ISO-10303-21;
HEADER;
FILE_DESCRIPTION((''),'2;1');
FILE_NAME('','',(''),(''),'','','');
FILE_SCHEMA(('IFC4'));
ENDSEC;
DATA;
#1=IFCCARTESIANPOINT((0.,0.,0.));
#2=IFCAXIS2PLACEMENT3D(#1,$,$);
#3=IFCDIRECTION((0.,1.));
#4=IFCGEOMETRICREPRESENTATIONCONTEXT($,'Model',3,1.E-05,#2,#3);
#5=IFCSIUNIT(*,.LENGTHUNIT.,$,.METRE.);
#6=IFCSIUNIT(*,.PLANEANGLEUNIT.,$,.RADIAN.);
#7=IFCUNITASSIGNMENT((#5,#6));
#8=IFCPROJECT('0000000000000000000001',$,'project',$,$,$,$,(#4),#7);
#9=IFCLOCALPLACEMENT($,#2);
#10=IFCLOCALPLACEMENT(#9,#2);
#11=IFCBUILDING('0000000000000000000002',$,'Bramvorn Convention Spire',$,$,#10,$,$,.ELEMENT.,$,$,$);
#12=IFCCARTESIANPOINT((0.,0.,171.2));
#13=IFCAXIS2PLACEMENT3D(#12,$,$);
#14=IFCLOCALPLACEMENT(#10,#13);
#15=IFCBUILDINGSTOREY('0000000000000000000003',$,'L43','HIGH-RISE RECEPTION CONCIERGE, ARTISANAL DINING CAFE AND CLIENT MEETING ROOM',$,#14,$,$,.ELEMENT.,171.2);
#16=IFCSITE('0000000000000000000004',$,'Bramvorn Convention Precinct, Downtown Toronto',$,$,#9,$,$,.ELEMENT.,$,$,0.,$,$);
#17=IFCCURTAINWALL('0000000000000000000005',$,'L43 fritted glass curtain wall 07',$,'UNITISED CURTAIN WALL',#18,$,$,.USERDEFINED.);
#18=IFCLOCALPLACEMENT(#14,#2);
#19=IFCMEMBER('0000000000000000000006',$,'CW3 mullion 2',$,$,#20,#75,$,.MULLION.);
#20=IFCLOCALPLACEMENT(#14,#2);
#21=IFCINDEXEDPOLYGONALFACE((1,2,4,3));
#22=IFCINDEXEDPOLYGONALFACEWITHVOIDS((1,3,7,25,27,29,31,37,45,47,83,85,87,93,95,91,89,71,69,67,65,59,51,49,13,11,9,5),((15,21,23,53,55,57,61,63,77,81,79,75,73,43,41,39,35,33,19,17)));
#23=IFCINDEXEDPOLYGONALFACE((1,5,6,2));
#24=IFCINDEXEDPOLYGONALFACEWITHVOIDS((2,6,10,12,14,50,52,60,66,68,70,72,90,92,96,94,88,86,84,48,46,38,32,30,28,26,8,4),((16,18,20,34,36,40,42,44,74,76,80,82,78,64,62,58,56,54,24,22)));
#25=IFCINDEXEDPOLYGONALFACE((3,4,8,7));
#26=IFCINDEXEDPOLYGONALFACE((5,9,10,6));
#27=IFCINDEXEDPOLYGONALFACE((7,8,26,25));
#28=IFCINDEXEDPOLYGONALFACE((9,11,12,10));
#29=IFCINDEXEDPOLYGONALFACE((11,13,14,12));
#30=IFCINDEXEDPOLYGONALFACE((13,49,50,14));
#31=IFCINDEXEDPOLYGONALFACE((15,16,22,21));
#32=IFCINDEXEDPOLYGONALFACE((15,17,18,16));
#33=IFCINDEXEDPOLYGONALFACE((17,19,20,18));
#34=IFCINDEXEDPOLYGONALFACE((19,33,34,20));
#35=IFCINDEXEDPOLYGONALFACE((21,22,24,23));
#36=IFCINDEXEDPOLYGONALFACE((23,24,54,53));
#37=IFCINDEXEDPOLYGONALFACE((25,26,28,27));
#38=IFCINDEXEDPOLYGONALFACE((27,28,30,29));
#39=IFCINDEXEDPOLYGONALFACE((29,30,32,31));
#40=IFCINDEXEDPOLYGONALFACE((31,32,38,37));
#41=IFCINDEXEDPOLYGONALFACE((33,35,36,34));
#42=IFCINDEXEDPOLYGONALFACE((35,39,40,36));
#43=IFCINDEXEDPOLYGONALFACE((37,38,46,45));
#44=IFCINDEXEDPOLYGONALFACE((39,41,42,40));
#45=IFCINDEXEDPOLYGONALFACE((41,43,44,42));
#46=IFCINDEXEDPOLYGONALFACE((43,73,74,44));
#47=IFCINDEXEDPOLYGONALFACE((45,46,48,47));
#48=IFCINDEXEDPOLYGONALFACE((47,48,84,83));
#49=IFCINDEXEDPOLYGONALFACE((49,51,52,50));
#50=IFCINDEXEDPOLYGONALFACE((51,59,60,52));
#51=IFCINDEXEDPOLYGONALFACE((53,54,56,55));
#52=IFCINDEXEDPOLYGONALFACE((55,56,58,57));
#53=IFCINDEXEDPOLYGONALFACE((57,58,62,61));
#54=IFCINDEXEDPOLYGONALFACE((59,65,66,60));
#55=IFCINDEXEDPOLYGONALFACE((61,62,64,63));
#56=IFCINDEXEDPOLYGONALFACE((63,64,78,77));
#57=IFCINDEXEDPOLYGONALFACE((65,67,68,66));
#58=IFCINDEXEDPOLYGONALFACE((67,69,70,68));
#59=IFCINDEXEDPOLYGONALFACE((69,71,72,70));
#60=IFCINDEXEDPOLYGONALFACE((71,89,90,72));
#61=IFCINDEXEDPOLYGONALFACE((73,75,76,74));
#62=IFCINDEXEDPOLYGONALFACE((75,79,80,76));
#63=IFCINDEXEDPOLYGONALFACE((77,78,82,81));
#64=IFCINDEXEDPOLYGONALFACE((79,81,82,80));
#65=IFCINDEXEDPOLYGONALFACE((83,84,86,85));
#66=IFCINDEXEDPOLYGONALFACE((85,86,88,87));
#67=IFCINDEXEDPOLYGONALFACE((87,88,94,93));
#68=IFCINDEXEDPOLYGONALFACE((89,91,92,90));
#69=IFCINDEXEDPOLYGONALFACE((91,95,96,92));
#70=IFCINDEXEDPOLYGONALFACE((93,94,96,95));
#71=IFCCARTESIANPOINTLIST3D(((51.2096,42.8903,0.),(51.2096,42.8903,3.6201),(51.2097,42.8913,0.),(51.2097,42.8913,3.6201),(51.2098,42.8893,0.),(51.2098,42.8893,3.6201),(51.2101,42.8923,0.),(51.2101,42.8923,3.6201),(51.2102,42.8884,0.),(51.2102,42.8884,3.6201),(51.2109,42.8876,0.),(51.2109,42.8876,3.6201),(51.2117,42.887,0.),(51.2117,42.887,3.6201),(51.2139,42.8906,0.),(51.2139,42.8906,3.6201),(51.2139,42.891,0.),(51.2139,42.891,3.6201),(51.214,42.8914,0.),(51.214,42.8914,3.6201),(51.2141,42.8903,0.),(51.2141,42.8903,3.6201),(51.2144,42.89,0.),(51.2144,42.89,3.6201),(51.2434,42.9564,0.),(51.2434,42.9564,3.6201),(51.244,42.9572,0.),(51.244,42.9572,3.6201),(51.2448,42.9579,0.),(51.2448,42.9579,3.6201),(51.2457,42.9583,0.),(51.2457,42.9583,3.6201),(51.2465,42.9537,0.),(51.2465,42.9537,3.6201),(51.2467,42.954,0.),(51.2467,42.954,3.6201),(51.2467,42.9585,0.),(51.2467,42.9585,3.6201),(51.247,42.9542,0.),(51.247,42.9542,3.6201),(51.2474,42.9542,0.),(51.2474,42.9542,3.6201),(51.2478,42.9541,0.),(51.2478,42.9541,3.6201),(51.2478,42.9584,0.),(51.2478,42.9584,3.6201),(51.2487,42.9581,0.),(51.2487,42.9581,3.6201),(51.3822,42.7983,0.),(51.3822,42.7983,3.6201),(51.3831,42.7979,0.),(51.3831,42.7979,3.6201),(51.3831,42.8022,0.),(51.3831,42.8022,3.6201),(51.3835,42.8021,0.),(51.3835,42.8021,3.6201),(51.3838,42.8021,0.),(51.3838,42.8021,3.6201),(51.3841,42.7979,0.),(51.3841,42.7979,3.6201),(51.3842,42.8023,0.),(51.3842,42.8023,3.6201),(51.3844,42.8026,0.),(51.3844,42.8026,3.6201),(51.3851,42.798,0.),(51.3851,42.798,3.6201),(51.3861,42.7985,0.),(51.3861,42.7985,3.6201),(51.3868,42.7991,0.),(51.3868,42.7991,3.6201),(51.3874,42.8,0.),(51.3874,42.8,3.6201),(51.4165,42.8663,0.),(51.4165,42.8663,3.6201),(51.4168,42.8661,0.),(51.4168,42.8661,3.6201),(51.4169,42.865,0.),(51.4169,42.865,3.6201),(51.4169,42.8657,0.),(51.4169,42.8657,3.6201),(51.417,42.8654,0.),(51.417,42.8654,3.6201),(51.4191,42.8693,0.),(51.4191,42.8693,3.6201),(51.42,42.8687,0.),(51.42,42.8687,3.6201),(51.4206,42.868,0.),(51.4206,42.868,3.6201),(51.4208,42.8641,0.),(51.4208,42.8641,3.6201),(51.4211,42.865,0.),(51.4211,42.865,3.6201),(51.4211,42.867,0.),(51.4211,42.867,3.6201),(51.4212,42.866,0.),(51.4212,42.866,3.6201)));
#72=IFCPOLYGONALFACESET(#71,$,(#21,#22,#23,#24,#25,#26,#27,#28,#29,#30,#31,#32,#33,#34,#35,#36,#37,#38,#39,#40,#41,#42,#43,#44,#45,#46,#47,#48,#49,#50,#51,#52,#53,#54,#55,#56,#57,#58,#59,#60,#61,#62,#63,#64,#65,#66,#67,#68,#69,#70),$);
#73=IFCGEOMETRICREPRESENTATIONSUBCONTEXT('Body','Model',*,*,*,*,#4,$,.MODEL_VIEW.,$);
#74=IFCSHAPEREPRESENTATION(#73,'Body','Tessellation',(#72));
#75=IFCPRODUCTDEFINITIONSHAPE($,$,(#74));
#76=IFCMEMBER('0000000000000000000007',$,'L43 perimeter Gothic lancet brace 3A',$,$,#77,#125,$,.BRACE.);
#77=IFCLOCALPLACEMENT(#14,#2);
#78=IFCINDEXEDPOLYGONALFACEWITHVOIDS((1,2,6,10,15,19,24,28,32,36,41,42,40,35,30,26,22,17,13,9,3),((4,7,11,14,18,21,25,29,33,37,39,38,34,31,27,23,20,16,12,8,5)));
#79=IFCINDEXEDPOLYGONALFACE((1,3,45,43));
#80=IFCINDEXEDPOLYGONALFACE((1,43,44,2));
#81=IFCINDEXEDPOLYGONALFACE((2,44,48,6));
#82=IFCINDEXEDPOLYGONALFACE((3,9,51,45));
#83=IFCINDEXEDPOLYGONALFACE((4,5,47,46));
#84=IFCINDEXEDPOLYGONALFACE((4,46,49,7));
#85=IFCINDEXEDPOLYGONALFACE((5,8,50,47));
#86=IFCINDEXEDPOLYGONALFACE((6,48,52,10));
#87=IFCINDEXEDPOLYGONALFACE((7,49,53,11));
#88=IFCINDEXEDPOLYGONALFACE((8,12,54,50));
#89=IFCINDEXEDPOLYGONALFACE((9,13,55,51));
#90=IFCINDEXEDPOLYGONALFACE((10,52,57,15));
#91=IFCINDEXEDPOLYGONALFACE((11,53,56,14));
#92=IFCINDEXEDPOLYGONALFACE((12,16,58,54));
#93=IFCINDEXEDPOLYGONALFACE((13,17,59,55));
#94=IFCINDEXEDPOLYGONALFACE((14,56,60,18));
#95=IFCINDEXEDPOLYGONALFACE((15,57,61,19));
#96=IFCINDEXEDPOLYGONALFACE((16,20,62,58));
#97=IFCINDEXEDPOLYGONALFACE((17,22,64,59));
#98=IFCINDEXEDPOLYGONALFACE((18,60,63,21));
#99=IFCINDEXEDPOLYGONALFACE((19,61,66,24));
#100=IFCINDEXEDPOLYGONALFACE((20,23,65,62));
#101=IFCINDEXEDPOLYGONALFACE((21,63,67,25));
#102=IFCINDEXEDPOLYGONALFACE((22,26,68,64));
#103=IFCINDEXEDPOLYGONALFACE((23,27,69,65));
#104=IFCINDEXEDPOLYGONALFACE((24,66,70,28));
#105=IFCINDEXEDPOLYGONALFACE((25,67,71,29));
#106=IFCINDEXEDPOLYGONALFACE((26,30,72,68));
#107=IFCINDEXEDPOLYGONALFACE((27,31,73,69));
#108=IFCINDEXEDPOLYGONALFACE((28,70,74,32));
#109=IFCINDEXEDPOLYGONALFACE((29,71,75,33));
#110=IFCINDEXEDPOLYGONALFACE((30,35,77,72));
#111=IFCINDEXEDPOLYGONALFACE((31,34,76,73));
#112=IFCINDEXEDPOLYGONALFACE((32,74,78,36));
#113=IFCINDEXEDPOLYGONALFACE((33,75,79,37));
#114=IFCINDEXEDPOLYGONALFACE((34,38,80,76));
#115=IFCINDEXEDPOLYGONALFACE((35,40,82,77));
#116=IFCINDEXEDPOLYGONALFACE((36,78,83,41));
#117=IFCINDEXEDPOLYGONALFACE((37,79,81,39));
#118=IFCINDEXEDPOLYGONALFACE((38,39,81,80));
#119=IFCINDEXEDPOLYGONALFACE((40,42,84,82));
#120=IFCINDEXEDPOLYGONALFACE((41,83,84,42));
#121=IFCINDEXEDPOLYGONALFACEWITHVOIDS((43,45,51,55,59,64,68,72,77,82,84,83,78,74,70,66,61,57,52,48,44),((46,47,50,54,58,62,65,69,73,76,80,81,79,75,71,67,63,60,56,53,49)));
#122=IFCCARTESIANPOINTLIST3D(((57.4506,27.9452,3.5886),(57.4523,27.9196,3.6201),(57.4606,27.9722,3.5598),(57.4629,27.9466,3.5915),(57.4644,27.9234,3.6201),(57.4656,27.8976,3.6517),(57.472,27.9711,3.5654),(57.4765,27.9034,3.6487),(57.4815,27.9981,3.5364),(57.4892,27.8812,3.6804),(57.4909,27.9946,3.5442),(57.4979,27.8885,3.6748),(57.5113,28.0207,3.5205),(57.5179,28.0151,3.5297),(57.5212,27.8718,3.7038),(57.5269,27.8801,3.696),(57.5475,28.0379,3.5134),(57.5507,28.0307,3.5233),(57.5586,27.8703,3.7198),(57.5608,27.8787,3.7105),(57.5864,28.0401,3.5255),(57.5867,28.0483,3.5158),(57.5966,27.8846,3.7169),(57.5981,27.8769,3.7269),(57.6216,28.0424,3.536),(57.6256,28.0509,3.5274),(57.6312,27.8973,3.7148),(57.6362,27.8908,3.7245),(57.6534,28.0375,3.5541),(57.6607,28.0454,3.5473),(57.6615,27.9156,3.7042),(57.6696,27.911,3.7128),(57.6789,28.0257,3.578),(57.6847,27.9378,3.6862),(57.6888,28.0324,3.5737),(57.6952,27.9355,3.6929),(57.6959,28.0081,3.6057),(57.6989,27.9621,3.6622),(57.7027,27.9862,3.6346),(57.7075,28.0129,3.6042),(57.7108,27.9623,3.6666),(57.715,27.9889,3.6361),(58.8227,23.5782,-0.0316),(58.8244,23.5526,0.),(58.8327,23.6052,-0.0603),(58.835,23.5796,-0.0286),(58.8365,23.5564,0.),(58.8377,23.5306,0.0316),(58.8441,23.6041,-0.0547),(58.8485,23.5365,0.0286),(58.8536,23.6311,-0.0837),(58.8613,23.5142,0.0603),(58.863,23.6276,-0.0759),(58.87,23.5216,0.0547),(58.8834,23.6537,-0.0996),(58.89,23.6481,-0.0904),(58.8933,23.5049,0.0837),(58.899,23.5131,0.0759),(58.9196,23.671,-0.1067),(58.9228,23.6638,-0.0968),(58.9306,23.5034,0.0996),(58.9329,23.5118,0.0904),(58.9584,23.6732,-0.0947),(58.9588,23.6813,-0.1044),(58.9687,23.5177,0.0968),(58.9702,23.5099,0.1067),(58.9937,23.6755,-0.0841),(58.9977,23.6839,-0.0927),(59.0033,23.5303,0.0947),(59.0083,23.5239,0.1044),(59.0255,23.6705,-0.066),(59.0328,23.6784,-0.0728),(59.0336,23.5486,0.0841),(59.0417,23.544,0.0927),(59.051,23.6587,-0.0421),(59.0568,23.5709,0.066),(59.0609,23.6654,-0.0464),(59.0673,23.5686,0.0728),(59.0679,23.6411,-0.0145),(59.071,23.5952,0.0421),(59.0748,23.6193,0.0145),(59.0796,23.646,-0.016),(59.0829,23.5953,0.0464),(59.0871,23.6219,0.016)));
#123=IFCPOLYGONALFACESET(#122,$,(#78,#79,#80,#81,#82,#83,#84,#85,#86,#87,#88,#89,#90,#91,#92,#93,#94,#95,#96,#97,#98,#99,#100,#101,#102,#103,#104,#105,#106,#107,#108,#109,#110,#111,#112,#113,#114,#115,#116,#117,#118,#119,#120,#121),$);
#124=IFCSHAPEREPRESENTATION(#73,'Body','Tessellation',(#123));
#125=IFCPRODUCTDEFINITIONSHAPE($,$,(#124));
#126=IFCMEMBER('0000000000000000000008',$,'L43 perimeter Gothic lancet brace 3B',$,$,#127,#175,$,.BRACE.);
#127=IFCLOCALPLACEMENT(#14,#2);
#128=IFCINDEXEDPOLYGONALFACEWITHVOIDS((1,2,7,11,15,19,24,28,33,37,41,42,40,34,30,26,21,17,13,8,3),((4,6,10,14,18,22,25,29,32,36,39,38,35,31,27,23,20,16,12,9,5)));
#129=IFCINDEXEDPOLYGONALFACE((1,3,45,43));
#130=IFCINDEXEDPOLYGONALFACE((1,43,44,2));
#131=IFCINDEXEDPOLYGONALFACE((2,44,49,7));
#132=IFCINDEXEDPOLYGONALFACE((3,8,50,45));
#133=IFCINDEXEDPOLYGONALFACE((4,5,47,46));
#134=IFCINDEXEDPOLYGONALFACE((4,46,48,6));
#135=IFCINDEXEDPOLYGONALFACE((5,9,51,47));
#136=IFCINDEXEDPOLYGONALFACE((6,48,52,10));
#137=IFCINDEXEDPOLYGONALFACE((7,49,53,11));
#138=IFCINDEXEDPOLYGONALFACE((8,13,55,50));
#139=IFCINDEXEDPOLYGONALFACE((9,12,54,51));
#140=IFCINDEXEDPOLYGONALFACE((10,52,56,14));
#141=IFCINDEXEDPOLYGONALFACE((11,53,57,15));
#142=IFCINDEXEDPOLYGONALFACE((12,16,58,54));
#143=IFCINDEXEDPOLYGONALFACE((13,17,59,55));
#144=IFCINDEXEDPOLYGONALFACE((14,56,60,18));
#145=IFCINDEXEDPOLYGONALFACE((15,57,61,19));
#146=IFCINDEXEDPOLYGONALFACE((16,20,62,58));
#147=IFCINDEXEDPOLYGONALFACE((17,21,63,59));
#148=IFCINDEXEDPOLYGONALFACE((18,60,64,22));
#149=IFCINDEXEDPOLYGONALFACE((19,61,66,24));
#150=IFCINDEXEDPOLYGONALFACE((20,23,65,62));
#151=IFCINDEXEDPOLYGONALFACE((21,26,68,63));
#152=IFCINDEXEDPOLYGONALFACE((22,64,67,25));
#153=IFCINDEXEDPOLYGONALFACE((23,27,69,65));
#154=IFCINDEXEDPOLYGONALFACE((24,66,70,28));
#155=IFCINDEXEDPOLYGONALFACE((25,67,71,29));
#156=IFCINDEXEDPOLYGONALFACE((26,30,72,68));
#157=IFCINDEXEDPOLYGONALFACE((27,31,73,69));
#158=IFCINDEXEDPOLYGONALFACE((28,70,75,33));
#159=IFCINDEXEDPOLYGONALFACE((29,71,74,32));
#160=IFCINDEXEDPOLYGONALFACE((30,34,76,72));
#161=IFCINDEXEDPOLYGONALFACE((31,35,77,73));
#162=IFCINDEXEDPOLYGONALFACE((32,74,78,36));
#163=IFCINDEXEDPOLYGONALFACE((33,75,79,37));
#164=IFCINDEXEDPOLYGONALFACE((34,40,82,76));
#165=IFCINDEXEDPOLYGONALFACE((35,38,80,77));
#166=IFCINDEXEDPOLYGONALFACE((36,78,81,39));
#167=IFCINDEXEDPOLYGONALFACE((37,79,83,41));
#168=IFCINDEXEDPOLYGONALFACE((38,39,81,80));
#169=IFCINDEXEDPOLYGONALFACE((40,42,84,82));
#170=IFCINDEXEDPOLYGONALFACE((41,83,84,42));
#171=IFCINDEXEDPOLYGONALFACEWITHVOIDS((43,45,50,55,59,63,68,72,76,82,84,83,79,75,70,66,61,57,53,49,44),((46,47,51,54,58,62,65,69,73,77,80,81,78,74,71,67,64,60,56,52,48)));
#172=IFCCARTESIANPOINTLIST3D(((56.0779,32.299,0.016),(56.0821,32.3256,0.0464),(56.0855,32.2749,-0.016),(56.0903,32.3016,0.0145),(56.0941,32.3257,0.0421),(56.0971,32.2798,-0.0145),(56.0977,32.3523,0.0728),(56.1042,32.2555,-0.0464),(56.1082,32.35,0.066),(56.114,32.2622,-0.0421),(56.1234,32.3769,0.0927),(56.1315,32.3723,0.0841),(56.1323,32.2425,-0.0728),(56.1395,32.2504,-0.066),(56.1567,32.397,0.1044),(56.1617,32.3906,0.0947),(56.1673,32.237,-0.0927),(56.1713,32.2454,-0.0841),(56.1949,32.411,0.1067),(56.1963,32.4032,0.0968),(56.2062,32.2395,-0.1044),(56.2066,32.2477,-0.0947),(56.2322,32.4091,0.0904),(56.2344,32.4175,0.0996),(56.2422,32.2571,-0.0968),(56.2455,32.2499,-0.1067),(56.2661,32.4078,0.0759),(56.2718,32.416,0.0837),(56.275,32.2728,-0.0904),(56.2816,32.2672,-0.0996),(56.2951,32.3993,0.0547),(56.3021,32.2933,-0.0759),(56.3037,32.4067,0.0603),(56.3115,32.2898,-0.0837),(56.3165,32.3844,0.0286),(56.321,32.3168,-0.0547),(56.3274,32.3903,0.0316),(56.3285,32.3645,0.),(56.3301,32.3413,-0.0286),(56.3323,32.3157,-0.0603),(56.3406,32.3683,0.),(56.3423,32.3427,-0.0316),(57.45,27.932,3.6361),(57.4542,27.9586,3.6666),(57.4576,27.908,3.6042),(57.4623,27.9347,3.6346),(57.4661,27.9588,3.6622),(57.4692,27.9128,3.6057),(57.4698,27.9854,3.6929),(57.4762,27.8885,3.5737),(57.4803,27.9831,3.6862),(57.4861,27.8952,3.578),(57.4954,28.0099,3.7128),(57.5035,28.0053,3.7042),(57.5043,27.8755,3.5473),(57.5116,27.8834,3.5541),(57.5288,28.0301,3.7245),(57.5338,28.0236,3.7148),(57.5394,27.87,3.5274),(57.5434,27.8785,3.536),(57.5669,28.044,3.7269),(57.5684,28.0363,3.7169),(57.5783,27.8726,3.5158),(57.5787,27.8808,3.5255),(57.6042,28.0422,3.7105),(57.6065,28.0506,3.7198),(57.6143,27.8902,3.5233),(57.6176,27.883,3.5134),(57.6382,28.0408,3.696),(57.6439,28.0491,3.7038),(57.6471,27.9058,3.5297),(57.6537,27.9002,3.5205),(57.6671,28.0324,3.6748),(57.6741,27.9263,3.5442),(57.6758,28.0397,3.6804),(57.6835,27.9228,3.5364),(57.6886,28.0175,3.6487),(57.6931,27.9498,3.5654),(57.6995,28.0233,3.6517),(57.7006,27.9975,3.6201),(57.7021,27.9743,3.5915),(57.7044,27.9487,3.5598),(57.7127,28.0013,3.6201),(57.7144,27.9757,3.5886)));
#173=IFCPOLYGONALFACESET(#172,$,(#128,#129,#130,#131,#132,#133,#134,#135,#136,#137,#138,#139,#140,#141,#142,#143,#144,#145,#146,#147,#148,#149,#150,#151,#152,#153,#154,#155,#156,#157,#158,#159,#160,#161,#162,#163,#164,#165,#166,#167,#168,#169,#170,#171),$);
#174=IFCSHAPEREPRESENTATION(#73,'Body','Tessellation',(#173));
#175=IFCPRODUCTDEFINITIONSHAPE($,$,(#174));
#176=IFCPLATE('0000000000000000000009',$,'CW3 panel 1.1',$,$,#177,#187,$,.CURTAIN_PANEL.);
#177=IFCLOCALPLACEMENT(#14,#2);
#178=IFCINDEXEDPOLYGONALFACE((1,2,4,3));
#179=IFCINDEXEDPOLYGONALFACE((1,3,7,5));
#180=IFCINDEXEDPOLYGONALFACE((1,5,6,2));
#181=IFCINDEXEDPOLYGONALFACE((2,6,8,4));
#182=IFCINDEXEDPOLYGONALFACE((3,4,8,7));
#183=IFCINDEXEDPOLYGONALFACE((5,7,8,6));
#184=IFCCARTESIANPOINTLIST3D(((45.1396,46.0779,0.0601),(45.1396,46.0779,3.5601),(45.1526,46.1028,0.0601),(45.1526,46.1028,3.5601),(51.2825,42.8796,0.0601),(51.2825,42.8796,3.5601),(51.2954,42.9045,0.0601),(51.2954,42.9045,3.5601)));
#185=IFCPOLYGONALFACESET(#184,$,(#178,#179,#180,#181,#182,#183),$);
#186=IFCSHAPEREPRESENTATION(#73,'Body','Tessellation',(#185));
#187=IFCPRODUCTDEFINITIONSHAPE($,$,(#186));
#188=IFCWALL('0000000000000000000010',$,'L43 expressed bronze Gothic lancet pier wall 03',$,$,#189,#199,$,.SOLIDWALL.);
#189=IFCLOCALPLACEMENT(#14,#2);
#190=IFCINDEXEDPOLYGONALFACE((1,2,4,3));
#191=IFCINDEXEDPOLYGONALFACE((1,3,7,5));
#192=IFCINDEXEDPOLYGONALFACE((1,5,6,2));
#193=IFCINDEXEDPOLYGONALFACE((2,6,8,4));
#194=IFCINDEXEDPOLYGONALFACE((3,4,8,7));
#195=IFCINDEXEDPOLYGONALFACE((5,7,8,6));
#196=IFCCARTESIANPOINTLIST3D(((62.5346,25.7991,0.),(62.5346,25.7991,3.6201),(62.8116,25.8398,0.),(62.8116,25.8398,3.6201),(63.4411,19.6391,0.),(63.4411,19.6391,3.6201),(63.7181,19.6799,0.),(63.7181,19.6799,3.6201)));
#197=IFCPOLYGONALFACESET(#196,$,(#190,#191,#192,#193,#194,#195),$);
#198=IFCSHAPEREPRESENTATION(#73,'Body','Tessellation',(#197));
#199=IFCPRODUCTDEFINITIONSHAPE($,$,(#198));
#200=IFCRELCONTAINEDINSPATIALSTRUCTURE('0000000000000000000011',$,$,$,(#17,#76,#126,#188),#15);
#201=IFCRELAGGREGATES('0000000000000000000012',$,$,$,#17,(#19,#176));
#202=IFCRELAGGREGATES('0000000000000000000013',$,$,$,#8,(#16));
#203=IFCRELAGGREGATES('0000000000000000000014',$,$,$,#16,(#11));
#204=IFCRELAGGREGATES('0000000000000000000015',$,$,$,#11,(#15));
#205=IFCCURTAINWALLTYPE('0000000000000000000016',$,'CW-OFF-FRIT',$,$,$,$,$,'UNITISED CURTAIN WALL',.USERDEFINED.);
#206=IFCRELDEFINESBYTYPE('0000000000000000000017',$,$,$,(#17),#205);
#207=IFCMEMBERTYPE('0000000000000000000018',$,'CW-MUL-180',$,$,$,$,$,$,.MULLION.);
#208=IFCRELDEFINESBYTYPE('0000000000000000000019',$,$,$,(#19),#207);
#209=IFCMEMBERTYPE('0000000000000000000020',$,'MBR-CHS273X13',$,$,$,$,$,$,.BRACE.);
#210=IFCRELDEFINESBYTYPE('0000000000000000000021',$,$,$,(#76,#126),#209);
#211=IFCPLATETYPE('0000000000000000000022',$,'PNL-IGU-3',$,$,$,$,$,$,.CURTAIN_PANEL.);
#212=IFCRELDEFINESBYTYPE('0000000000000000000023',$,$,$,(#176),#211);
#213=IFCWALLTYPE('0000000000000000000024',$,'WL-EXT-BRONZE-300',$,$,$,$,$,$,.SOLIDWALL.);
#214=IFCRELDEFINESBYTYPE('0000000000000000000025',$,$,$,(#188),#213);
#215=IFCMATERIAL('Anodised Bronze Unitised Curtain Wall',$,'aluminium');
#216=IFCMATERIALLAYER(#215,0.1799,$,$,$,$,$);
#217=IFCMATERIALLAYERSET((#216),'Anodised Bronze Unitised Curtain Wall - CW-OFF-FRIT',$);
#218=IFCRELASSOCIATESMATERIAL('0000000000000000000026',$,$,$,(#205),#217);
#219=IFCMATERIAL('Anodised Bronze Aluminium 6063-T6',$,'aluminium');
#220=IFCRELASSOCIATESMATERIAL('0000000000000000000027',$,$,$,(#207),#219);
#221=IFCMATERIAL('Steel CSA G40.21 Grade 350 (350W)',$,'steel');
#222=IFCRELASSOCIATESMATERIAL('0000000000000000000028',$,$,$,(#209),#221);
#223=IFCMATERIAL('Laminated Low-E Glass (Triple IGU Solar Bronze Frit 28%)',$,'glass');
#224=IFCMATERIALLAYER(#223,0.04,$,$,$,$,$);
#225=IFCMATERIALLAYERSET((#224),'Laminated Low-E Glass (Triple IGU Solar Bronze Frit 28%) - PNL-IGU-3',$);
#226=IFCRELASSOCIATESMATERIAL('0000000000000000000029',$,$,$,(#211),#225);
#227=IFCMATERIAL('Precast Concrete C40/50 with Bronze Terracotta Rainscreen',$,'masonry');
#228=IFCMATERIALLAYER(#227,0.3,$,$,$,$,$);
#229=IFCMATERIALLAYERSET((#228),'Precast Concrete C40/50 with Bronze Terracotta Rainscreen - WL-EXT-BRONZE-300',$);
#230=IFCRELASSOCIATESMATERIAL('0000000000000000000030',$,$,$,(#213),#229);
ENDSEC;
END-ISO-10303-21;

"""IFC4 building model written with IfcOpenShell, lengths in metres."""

from ifc_helpers import new_model, si_unit, direction, frame, frame_2d, origin, origin_2d, place, context, subcontext, project, spatial, rectangle, hollow_rectangle, hollow_circle, extrude, material, layer, layer_set, material_profile, profile_set, type_object, element, aggregate, save


model = new_model("IFC4")

# Units and contexts
model_context = context("Model", 3, precision=1e-05, world=origin(), true_north=direction((0.0, 1.0)))
body_context = subcontext(model_context, "Body", "Model", "MODEL_VIEW")
ifc_project = project(units=[si_unit("LENGTHUNIT", "METRE"), si_unit("PLANEANGLEUNIT", "RADIAN")], contexts=[model_context])

# Site, building, storey
site_placement = place(None, origin())
site = spatial("IfcSite", under=ifc_project, at=site_placement, Name="Bramvorn Convention Precinct, Downtown Toronto", CompositionType="ELEMENT", RefElevation=0.0)
building_placement = place(site_placement, origin())
building = spatial("IfcBuilding", under=site, at=building_placement, Name="Bramvorn Convention Spire", CompositionType="ELEMENT")
storey_placement = place(building_placement, frame((0.0, 0.0, 171.2)))
storey = spatial("IfcBuildingStorey", under=building, at=storey_placement, Name="L43", Description="HIGH-RISE RECEPTION CONCIERGE, ARTISANAL DINING CAFE AND CLIENT MEETING ROOM", CompositionType="ELEMENT", Elevation=171.2)

# Shared definitions
ifc_material_1 = material(Name="Steel CSA G40.21 Grade 350 (350W)", Category="steel")

# Curtain wall, member
ifc_material_2 = material(Name="Anodised Bronze Unitised Curtain Wall", Category="aluminium")
ifc_layer_1 = layer(ifc_material_2, 0.1799)
ifc_layer_set_1 = layer_set([ifc_layer_1], Name="Anodised Bronze Unitised Curtain Wall - CW-OFF-FRIT")
curtain_wall_type = type_object("IfcCurtainWallType", Name="CW-OFF-FRIT", ElementType="UNITISED CURTAIN WALL", PredefinedType="USERDEFINED", material=ifc_layer_set_1)
curtain_wall_placement = place(storey_placement, origin())
curtain_wall = element("IfcCurtainWall", 1, at=curtain_wall_placement, inside=storey, type_object=curtain_wall_type, Name="L43 fritted glass curtain wall 07", ObjectType="UNITISED CURTAIN WALL", PredefinedType="USERDEFINED")
ifc_material_3 = material(Name="Anodised Bronze Aluminium 6063-T6", Category="aluminium")
ifc_material_profile_1 = material_profile(ifc_material_3, hollow_rectangle(XDim=0.0801, YDim=0.2, WallThickness=0.0039, InnerFilletRadius=0.001, OuterFilletRadius=0.0039, at=origin_2d()))
ifc_profile_set_1 = profile_set([ifc_material_profile_1], Name="Anodised Bronze Aluminium 6063-T6 - CWM80X200")
member_type_1 = type_object("IfcMemberType", Name="CW-MUL-180", PredefinedType="MULLION", material=ifc_profile_set_1)
member_placement = place(storey_placement, frame((51.3154, 42.8782, 0.0), z_axis=(0.0, 0.0, 1.0), x_axis=(0.461807, 0.886981, 0.0)))
member = element("IfcMember", 2, at=member_placement, type_object=member_type_1, Name="CW3 mullion 2", PredefinedType="MULLION", context=body_context, shape_type="SweptSolid", body=[
    extrude(hollow_rectangle(XDim=0.0801, YDim=0.2, WallThickness=0.0039, InnerFilletRadius=0.001, OuterFilletRadius=0.0039, at=origin_2d()), origin(), (0.0, 0.0, 1.0), 3.6201),
])

# Members
ifc_material_profile_2 = material_profile(ifc_material_1, hollow_circle(Radius=0.1365, WallThickness=0.0127, at=origin_2d()))
ifc_profile_set_2 = profile_set([ifc_material_profile_2], Name="Steel CSA G40.21 Grade 350 (350W) - CHS273X13")
member_type_2 = type_object("IfcMemberType", Name="MBR-CHS273X13", PredefinedType="BRACE", material=ifc_profile_set_2)
for number, where, z_axis, x_axis, name in (
    (3, (58.9546, 23.5935, 0.0), (-0.235108, 0.748286, 0.620316), (-0.954019, -0.299748, 0.0), "L43 perimeter Gothic lancet brace 3A"),
    (4, (56.2104, 32.3274, 0.0), (0.235108, -0.748286, 0.620316), (0.954019, 0.299748, 0.0), "L43 perimeter Gothic lancet brace 3B"),
):
    element("IfcMember", number, at=place(storey_placement, frame(where, z_axis=z_axis, x_axis=x_axis)), inside=storey, type_object=member_type_2, Name=name, PredefinedType="BRACE", context=body_context, shape_type="SweptSolid", body=[
        extrude(hollow_circle(Radius=0.1365, WallThickness=0.0127, at=origin_2d()), origin(), (0.0, 0.0, 1.0), 5.8359),
    ])

# Plate
ifc_material_4 = material(Name="Laminated Low-E Glass (Triple IGU Solar Bronze Frit 28%)", Category="glass")
ifc_layer_2 = layer(ifc_material_4, 0.04)
ifc_layer_set_2 = layer_set([ifc_layer_2], Name="Laminated Low-E Glass (Triple IGU Solar Bronze Frit 28%) - PNL-IGU-3")
plate_type = type_object("IfcPlateType", Name="PNL-IGU-3", PredefinedType="CURTAIN_PANEL", material=ifc_layer_set_2)
plate_placement = place(storey_placement, frame((48.2175, 44.4912, 0.0601), z_axis=(0.0, 0.0, 1.0), x_axis=(0.886981, -0.461807, 0.0)))
plate = element("IfcPlate", 5, at=plate_placement, type_object=plate_type, Name="CW3 panel 1.1", PredefinedType="CURTAIN_PANEL", context=body_context, shape_type="SweptSolid", body=[
    extrude(rectangle(XDim=6.9255, YDim=0.0281, at=origin_2d()), origin(), (0.0, 0.0, 1.0), 3.5),
])
aggregate(curtain_wall, [member, plate])

# Wall
ifc_material_5 = material(Name="Precast Concrete C40/50 with Bronze Terracotta Rainscreen", Category="masonry")
ifc_layer_3 = layer(ifc_material_5, 0.3)
ifc_layer_set_3 = layer_set([ifc_layer_3], Name="Precast Concrete C40/50 with Bronze Terracotta Rainscreen - WL-EXT-BRONZE-300")
wall_type_1 = type_object("IfcWallType", Name="WL-EXT-BRONZE-300", PredefinedType="SOLIDWALL", material=ifc_layer_set_3)
wall_1_placement = place(storey_placement, frame((62.6731, 25.8196, 0.0), z_axis=(0.0, 0.0, 1.0), x_axis=(0.145592, -0.989345, 0.0)))
element("IfcWall", 6, at=wall_1_placement, inside=storey, type_object=wall_type_1, Name="L43 expressed bronze Gothic lancet pier wall 03", PredefinedType="SOLIDWALL", context=body_context, shape_type="SweptSolid", body=[
    extrude(rectangle(XDim=6.2263, YDim=0.28, at=frame_2d((3.1133, 0.0))), origin(), (0.0, 0.0, 1.0), 3.6201),
])

save(model, "model.ifc")
